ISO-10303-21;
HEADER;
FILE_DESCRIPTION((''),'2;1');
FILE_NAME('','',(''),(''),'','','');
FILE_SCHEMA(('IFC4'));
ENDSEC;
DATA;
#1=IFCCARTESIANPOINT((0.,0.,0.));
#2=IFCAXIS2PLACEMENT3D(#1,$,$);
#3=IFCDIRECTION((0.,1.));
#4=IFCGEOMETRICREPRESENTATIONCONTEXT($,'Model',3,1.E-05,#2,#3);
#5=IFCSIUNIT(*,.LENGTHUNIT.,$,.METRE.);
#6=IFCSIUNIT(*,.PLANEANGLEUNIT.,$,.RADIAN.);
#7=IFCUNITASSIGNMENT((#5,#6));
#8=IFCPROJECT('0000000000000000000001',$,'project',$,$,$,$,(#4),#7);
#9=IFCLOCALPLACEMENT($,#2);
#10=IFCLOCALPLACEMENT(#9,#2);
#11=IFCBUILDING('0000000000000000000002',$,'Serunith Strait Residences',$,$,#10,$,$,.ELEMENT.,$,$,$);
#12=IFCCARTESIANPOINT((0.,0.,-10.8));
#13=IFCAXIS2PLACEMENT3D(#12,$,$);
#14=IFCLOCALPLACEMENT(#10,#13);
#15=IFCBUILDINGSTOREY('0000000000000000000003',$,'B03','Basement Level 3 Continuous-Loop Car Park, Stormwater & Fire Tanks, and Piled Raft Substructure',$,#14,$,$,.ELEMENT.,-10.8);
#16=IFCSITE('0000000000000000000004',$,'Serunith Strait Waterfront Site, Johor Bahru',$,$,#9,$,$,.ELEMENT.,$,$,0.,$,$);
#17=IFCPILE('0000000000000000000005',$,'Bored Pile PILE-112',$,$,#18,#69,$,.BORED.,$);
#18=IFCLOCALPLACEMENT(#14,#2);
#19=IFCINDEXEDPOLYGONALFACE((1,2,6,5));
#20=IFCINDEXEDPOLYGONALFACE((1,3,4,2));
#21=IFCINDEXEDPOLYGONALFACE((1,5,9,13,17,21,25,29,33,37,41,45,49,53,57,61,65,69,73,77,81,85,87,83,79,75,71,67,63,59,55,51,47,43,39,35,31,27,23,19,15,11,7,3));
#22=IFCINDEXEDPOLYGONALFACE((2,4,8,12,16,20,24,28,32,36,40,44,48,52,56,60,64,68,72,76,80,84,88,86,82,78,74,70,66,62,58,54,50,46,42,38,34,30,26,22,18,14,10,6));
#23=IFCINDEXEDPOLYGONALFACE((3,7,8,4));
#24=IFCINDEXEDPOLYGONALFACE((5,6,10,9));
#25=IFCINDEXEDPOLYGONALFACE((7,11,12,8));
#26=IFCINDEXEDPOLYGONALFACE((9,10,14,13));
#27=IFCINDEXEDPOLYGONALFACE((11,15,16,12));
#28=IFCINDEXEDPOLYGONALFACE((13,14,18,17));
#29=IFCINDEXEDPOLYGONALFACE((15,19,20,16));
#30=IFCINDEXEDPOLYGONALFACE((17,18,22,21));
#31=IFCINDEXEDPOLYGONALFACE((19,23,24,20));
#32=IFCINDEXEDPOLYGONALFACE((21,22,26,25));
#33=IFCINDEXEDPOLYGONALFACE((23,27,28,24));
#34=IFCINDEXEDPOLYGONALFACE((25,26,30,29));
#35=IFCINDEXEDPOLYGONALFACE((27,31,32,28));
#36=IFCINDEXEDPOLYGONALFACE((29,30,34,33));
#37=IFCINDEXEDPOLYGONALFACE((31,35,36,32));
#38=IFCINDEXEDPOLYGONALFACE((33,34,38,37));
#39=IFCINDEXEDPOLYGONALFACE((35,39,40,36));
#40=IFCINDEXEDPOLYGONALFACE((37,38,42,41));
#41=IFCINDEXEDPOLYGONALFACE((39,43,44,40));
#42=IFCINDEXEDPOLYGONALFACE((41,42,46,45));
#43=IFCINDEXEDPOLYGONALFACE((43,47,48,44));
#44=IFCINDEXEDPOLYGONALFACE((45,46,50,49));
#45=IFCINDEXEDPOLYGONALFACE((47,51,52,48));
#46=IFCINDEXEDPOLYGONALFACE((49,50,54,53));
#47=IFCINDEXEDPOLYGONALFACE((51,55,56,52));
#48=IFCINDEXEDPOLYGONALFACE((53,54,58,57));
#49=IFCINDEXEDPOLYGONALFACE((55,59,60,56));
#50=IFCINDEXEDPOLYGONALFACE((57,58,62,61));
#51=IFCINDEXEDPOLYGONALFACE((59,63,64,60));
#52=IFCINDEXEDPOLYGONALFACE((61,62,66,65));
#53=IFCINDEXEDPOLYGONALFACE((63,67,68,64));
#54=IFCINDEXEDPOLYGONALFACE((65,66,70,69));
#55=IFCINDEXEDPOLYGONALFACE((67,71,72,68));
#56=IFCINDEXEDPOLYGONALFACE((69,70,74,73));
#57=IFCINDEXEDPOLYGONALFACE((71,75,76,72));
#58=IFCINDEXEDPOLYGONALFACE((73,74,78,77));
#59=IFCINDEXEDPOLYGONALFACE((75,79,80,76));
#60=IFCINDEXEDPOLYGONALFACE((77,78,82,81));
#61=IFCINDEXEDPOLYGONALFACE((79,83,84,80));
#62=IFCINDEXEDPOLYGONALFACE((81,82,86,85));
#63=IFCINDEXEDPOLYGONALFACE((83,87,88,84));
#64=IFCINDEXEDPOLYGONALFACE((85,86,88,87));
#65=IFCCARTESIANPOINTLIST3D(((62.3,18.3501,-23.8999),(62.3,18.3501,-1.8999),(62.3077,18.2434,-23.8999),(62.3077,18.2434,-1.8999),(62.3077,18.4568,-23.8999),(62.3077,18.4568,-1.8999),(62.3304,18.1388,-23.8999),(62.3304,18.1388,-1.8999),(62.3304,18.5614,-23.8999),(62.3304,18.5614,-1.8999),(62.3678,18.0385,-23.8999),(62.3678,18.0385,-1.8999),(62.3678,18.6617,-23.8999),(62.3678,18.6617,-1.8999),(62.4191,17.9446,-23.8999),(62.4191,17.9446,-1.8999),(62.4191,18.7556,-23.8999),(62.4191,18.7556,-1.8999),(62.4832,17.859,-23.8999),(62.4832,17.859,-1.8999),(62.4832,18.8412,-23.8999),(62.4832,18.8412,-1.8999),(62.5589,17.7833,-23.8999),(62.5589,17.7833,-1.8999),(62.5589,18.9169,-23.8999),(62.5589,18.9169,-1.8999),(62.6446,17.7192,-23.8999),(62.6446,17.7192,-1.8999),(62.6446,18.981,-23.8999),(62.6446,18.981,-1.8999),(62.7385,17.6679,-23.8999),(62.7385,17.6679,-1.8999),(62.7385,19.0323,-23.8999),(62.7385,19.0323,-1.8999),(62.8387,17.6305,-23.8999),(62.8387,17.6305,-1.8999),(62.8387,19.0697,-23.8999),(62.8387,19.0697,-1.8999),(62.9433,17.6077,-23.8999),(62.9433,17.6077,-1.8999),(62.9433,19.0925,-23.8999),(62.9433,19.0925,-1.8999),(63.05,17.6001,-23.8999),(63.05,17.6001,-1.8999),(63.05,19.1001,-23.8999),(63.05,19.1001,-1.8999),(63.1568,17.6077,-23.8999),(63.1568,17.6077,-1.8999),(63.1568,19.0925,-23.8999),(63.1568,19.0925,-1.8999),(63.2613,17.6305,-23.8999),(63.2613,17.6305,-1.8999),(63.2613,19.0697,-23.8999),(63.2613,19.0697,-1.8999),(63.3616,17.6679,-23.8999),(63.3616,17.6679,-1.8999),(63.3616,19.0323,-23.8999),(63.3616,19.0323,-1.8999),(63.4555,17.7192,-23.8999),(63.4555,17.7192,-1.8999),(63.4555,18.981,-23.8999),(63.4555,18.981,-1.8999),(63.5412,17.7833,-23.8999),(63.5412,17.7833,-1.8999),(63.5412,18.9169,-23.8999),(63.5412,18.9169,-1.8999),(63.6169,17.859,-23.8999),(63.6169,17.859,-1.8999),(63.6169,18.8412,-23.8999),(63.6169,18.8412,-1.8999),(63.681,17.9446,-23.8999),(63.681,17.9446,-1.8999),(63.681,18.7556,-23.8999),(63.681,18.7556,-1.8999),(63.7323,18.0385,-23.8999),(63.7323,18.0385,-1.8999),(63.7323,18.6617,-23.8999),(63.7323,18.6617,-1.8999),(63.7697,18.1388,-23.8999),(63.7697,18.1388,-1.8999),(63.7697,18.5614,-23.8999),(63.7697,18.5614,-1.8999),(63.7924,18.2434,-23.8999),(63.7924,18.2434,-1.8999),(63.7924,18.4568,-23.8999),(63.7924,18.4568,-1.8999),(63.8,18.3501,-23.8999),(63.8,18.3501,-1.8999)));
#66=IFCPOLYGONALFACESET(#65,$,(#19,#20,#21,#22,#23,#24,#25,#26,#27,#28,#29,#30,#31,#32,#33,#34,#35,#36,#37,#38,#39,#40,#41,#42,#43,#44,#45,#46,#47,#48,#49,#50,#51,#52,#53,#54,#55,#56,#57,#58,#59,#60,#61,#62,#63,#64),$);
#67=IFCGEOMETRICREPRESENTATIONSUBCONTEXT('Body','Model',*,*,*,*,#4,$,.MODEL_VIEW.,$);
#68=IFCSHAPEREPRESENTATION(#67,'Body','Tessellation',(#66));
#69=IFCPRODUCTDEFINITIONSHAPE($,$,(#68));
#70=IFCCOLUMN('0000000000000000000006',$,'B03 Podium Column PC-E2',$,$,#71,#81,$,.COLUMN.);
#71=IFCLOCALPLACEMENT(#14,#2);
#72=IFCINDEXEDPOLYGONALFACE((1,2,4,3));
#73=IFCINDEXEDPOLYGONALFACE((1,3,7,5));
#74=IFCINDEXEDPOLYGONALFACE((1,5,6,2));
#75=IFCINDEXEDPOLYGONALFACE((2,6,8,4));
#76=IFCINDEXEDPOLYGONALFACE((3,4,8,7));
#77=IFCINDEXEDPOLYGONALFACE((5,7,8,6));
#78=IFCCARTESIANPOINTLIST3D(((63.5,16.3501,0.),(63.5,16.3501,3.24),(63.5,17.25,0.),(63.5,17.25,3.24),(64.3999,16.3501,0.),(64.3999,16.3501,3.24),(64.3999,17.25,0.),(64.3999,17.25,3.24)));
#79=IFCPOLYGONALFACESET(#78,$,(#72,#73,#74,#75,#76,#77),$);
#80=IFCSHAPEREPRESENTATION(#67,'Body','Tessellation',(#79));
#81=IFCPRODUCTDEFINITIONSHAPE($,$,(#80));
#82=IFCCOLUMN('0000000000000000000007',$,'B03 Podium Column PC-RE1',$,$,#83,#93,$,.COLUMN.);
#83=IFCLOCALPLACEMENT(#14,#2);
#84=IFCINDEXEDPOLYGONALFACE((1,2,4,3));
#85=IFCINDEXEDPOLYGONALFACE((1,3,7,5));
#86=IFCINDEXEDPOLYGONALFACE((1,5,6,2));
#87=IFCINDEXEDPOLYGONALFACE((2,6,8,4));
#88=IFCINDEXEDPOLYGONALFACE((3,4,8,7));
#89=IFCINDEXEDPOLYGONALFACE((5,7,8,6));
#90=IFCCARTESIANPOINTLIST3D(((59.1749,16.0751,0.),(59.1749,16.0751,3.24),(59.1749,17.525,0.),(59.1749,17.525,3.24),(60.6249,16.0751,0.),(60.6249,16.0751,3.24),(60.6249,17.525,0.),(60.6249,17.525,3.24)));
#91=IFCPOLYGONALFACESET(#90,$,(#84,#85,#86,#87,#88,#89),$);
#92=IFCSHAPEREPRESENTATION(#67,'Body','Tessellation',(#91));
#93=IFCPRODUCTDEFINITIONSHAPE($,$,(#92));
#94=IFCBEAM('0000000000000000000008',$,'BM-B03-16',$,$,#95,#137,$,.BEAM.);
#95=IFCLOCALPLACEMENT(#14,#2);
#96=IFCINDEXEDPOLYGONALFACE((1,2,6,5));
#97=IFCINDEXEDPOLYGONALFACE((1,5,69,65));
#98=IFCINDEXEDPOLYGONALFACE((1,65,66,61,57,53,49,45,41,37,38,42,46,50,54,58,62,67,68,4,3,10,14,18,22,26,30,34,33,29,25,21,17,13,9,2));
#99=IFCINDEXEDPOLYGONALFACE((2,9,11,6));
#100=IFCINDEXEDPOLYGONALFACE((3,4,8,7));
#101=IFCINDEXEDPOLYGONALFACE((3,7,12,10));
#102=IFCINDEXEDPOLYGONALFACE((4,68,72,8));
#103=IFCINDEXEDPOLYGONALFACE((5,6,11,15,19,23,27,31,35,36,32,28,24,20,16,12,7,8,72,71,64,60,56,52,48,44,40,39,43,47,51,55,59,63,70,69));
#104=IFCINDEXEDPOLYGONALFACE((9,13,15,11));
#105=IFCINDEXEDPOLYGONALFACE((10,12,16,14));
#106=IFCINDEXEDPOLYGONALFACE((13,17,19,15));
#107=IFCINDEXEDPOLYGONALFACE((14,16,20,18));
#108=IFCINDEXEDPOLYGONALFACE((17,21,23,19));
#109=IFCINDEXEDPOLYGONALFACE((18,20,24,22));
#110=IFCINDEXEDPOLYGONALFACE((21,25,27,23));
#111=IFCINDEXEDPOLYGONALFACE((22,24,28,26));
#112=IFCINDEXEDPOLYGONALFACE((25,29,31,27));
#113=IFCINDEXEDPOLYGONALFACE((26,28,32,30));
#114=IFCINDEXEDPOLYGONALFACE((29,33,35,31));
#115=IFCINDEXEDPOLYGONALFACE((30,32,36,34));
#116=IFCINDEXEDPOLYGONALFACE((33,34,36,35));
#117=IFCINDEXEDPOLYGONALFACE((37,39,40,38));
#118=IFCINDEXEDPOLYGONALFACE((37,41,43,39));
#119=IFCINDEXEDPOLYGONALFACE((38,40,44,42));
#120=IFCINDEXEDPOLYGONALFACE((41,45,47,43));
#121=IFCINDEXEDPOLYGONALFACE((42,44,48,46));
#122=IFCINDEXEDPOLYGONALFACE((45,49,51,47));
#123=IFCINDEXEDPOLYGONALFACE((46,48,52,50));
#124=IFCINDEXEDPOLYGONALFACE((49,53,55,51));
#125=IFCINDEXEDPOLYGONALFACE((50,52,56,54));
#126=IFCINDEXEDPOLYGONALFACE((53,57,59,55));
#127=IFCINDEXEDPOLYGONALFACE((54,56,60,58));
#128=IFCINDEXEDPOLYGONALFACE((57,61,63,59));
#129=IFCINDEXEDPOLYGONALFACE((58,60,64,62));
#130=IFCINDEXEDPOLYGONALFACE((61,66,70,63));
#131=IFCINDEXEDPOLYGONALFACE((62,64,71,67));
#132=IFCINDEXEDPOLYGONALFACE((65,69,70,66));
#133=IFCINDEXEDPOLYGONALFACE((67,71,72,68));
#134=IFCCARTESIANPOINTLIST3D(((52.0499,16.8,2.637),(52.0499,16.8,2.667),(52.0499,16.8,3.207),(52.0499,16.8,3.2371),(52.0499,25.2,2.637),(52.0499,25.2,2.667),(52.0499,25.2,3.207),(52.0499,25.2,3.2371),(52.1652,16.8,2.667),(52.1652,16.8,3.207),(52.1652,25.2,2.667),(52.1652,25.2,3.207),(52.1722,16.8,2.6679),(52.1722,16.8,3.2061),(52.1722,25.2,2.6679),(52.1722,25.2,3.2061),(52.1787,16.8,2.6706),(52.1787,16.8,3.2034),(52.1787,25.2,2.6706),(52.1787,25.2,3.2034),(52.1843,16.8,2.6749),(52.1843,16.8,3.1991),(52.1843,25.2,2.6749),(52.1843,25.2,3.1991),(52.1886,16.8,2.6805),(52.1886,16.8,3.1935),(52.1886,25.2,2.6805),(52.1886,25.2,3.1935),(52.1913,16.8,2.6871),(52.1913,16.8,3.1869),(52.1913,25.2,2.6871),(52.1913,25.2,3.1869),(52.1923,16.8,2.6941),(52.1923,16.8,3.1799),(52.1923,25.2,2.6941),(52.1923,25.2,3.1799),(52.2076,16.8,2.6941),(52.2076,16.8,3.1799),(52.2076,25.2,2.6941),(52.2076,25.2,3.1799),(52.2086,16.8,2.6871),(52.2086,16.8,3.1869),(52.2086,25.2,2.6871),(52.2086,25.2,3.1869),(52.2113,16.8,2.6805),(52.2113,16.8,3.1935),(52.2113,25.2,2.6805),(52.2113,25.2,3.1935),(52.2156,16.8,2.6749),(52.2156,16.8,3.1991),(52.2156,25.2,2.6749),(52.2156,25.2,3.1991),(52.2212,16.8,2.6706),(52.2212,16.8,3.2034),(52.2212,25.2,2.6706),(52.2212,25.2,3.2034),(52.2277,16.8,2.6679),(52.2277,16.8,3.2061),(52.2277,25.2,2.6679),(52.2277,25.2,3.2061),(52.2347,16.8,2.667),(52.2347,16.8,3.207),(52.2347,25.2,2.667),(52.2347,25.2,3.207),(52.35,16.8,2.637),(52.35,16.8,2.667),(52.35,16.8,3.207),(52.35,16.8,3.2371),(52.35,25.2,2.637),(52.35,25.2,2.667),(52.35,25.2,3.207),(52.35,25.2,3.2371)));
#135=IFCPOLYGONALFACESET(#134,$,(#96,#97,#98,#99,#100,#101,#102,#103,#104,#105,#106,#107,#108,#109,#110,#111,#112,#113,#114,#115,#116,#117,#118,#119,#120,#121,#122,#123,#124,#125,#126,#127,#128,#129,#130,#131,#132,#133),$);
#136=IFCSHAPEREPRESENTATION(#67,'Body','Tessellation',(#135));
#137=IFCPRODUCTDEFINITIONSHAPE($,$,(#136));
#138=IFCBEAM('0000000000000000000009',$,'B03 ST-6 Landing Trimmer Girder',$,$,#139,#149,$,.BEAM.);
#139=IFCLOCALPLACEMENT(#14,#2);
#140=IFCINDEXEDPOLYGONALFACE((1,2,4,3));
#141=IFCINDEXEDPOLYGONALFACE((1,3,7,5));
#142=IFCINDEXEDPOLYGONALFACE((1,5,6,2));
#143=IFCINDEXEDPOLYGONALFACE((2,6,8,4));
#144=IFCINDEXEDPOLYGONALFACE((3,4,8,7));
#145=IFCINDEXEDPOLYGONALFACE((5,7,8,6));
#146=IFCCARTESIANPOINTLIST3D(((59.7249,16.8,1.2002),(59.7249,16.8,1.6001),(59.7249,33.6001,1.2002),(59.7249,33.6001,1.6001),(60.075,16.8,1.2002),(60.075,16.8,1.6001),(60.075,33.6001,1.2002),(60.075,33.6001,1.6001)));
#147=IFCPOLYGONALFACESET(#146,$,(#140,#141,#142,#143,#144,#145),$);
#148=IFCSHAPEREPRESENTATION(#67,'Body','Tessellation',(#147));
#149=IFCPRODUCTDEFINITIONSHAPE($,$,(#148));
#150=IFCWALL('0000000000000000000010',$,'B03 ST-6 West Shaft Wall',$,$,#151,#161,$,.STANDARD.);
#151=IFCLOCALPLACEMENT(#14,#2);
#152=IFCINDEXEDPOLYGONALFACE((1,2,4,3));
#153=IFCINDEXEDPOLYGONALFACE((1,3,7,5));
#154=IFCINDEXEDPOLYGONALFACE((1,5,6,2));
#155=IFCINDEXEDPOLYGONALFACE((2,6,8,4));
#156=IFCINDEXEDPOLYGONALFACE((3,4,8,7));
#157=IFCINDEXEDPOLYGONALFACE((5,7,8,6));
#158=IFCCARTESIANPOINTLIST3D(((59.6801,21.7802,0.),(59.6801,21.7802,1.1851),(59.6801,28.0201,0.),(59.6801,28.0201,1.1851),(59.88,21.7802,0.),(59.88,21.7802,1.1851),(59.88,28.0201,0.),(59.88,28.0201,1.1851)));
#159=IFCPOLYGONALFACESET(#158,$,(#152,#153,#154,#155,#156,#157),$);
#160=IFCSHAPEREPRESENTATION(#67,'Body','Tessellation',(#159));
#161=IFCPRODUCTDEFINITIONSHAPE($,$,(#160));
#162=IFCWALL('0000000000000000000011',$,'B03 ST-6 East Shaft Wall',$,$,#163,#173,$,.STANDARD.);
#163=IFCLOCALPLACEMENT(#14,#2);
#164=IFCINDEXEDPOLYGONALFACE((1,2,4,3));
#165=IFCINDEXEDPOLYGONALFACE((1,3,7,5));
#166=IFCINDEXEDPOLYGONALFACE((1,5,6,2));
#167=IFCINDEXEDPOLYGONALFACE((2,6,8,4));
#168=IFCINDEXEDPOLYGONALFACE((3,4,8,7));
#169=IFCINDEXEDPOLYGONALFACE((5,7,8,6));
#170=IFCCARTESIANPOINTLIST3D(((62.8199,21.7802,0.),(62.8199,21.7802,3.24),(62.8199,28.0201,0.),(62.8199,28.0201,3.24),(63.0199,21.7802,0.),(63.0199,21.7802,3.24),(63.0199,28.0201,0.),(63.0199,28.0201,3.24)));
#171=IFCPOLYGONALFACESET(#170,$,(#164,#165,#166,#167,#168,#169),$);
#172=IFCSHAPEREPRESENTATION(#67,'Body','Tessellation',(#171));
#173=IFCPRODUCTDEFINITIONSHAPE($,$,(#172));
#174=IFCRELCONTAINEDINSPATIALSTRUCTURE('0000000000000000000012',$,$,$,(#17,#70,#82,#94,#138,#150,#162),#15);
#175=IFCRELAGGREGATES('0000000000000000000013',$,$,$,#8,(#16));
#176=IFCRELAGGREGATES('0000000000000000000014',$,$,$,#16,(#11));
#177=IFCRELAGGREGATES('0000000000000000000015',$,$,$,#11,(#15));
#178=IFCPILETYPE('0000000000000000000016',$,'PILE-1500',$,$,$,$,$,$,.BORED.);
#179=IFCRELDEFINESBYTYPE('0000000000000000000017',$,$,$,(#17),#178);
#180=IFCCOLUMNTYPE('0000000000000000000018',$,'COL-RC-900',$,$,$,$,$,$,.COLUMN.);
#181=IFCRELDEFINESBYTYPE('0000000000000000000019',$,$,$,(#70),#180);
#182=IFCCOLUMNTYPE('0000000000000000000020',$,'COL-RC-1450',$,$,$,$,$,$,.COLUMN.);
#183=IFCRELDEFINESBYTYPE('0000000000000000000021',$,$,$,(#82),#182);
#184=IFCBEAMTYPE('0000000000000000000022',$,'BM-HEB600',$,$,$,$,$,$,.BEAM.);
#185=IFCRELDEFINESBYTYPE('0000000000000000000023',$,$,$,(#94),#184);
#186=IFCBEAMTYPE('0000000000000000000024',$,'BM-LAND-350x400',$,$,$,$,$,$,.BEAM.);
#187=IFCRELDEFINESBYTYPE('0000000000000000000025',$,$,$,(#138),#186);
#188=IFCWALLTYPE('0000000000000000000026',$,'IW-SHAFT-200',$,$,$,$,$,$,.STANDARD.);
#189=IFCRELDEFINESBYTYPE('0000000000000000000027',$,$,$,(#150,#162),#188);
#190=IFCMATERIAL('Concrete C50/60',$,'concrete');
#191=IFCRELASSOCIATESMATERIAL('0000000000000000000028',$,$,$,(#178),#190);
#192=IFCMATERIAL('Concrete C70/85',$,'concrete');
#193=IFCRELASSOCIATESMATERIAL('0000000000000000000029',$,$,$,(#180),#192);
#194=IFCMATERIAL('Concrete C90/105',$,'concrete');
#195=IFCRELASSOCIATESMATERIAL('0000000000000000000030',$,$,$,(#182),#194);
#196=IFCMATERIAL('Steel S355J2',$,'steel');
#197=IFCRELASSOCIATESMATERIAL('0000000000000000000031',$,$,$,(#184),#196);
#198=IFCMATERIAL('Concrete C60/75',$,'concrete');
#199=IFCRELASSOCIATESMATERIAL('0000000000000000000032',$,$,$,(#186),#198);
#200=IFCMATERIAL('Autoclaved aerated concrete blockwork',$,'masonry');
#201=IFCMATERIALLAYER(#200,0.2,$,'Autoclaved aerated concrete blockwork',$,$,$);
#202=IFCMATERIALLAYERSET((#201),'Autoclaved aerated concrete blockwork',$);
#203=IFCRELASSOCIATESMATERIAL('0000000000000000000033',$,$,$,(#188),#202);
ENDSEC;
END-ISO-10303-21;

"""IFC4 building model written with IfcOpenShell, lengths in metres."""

from ifc_helpers import new_model, si_unit, direction, frame, frame_2d, origin, origin_2d, place, context, subcontext, project, spatial, rectangle, circle, i_section, extrude, source, transform, mapped, material, layer, layer_set, material_profile, profile_set, type_object, element, save


model = new_model("IFC4")

# Units and contexts
model_context = context("Model", 3, precision=1e-05, world=origin(), true_north=direction((0.0, 1.0)))
body_context = subcontext(model_context, "Body", "Model", "MODEL_VIEW")
ifc_project = project(units=[si_unit("LENGTHUNIT", "METRE"), si_unit("PLANEANGLEUNIT", "RADIAN")], contexts=[model_context])

# Site, building, storey
site_placement = place(None, origin())
site = spatial("IfcSite", under=ifc_project, at=site_placement, Name="Serunith Strait Waterfront Site, Johor Bahru", CompositionType="ELEMENT", RefElevation=0.0)
building_placement = place(site_placement, origin())
building = spatial("IfcBuilding", under=site, at=building_placement, Name="Serunith Strait Residences", CompositionType="ELEMENT")
storey_placement = place(building_placement, frame((0.0, 0.0, -10.8)))
storey = spatial("IfcBuildingStorey", under=building, at=storey_placement, Name="B03", Description="Basement Level 3 Continuous-Loop Car Park, Stormwater & Fire Tanks, and Piled Raft Substructure", CompositionType="ELEMENT", Elevation=-10.8)

# Shared definitions
ifc_material_1 = material(Name="Concrete C50/60", Category="concrete")

# Pile
ifc_material_profile_1 = material_profile(ifc_material_1, circle(Radius=0.75, at=origin_2d()), Name="PILE D1500")
ifc_profile_set_1 = profile_set([ifc_material_profile_1], Name="Concrete C50/60")
pile_type_1 = type_object("IfcPileType", Name="PILE-1500", PredefinedType="BORED", material=ifc_profile_set_1)
shared_shape_1 = source(origin(), body_context, "Body", "SweptSolid", [
    extrude(circle(Radius=0.75, at=origin_2d()), origin(), (0.0, 0.0, 1.0), 22.0),
])
pile_placement = place(storey_placement, frame((63.05, 18.3501, -1.8999), z_axis=(0.0, 0.0, -1.0), x_axis=(1.0, 0.0, 0.0)))
element("IfcPile", 1, at=pile_placement, inside=storey, type_object=pile_type_1, Name="Bored Pile PILE-112", PredefinedType="BORED", context=body_context, shape_type="MappedRepresentation", body=[
    mapped(shared_shape_1, transform((0.0, 0.0, 0.0), scale=1.0)),
])

# Columns
ifc_material_2 = material(Name="Concrete C70/85", Category="concrete")
ifc_material_profile_2 = material_profile(ifc_material_2, rectangle(XDim=0.8999, YDim=0.8999, at=origin_2d()), Name="RC 900x900")
ifc_profile_set_2 = profile_set([ifc_material_profile_2], Name="Concrete C70/85")
column_type_1 = type_object("IfcColumnType", Name="COL-RC-900", PredefinedType="COLUMN", material=ifc_profile_set_2)
shared_shape_2 = source(origin(), body_context, "Body", "SweptSolid", [
    extrude(rectangle(XDim=0.8999, YDim=0.8999, at=origin_2d()), origin(), (0.0, 0.0, 1.0), 3.24),
])
column_1_placement = place(storey_placement, frame((63.95, 16.8, 0.0), z_axis=(0.0, 0.0, 1.0), x_axis=(1.0, 0.0, 0.0)))
element("IfcColumn", 2, at=column_1_placement, inside=storey, type_object=column_type_1, Name="B03 Podium Column PC-E2", PredefinedType="COLUMN", context=body_context, shape_type="MappedRepresentation", body=[
    mapped(shared_shape_2, transform((0.0, 0.0, 0.0), scale=1.0)),
])
ifc_material_3 = material(Name="Concrete C90/105", Category="concrete")
ifc_material_profile_3 = material_profile(ifc_material_3, rectangle(XDim=1.45, YDim=1.45, at=origin_2d()), Name="RC 1450x1450")
ifc_profile_set_3 = profile_set([ifc_material_profile_3], Name="Concrete C90/105")
column_type_2 = type_object("IfcColumnType", Name="COL-RC-1450", PredefinedType="COLUMN", material=ifc_profile_set_3)
shared_shape_3 = source(origin(), body_context, "Body", "SweptSolid", [
    extrude(rectangle(XDim=1.45, YDim=1.45, at=origin_2d()), origin(), (0.0, 0.0, 1.0), 3.24),
])
column_2_placement = place(storey_placement, frame((59.8999, 16.8, 0.0), z_axis=(0.0, 0.0, 1.0), x_axis=(1.0, 0.0, 0.0)))
element("IfcColumn", 3, at=column_2_placement, inside=storey, type_object=column_type_2, Name="B03 Podium Column PC-RE1", PredefinedType="COLUMN", context=body_context, shape_type="MappedRepresentation", body=[
    mapped(shared_shape_3, transform((0.0, 0.0, 0.0), scale=1.0)),
])

# Beams
ifc_material_4 = material(Name="Steel S355J2", Category="steel")
ifc_material_profile_4 = material_profile(ifc_material_4, i_section(OverallWidth=0.3, OverallDepth=0.6001, WebThickness=0.0154, FlangeThickness=0.03, FilletRadius=0.0271, at=origin_2d()), Name="HEB 600")
ifc_profile_set_4 = profile_set([ifc_material_profile_4], Name="Steel S355J2")
beam_type_1 = type_object("IfcBeamType", Name="BM-HEB600", PredefinedType="BEAM", material=ifc_profile_set_4)
shared_shape_4 = source(origin(), body_context, "Body", "SweptSolid", [
    extrude(i_section(OverallWidth=0.3, OverallDepth=0.6001, WebThickness=0.0154, FlangeThickness=0.03, FilletRadius=0.0271, at=origin_2d()), origin(), (0.0, 0.0, 1.0), 8.3999),
])
beam_1_placement = place(storey_placement, frame((52.2, 16.8, 2.937), z_axis=(0.0, 1.0, 0.0), x_axis=(-1.0, 0.0, 0.0)))
element("IfcBeam", 4, at=beam_1_placement, inside=storey, type_object=beam_type_1, Name="BM-B03-16", PredefinedType="BEAM", context=body_context, shape_type="MappedRepresentation", body=[
    mapped(shared_shape_4, transform((0.0, 0.0, 0.0), scale=1.0)),
])
ifc_material_5 = material(Name="Concrete C60/75", Category="concrete")
ifc_material_profile_5 = material_profile(ifc_material_5, rectangle(XDim=0.3501, YDim=0.3999, at=origin_2d()), Name="RC 350x400")
ifc_profile_set_5 = profile_set([ifc_material_profile_5], Name="Concrete C60/75")
beam_type_2 = type_object("IfcBeamType", Name="BM-LAND-350x400", PredefinedType="BEAM", material=ifc_profile_set_5)
shared_shape_5 = source(origin(), body_context, "Body", "SweptSolid", [
    extrude(rectangle(XDim=0.3501, YDim=0.3999, at=origin_2d()), origin(), (0.0, 0.0, 1.0), 16.8),
])
beam_2_placement = place(storey_placement, frame((59.8999, 16.8, 1.4001), z_axis=(0.0, 1.0, 0.0), x_axis=(-1.0, 0.0, 0.0)))
element("IfcBeam", 5, at=beam_2_placement, inside=storey, type_object=beam_type_2, Name="B03 ST-6 Landing Trimmer Girder", PredefinedType="BEAM", context=body_context, shape_type="MappedRepresentation", body=[
    mapped(shared_shape_5, transform((0.0, 0.0, 0.0), scale=1.0)),
])

# Shared definitions
ifc_material_6 = material(Name="Autoclaved aerated concrete blockwork", Category="masonry")
ifc_layer = layer(ifc_material_6, 0.2, Name="Autoclaved aerated concrete blockwork")
ifc_layer_set = layer_set([ifc_layer], Name="Autoclaved aerated concrete blockwork")
wall_type = type_object("IfcWallType", Name="IW-SHAFT-200", PredefinedType="STANDARD", material=ifc_layer_set)

# Walls
wall_1_placement = place(storey_placement, frame((59.78, 21.78, 0.0), z_axis=(0.0, 0.0, 1.0), x_axis=(0.0, 1.0, 0.0)))
element("IfcWall", 6, at=wall_1_placement, inside=storey, type_object=wall_type, Name="B03 ST-6 West Shaft Wall", PredefinedType="STANDARD", context=body_context, shape_type="SweptSolid", body=[
    extrude(rectangle(XDim=6.24, YDim=0.2, at=frame_2d((3.1201, 0.0))), origin(), (0.0, 0.0, 1.0), 1.1851),
])
wall_2_placement = place(storey_placement, frame((62.9199, 21.78, 0.0), z_axis=(0.0, 0.0, 1.0), x_axis=(0.0, 1.0, 0.0)))
element("IfcWall", 7, at=wall_2_placement, inside=storey, type_object=wall_type, Name="B03 ST-6 East Shaft Wall", PredefinedType="STANDARD", context=body_context, shape_type="SweptSolid", body=[
    extrude(rectangle(XDim=6.24, YDim=0.2, at=frame_2d((3.1201, 0.0))), origin(), (0.0, 0.0, 1.0), 3.24),
])

save(model, "model.ifc")
